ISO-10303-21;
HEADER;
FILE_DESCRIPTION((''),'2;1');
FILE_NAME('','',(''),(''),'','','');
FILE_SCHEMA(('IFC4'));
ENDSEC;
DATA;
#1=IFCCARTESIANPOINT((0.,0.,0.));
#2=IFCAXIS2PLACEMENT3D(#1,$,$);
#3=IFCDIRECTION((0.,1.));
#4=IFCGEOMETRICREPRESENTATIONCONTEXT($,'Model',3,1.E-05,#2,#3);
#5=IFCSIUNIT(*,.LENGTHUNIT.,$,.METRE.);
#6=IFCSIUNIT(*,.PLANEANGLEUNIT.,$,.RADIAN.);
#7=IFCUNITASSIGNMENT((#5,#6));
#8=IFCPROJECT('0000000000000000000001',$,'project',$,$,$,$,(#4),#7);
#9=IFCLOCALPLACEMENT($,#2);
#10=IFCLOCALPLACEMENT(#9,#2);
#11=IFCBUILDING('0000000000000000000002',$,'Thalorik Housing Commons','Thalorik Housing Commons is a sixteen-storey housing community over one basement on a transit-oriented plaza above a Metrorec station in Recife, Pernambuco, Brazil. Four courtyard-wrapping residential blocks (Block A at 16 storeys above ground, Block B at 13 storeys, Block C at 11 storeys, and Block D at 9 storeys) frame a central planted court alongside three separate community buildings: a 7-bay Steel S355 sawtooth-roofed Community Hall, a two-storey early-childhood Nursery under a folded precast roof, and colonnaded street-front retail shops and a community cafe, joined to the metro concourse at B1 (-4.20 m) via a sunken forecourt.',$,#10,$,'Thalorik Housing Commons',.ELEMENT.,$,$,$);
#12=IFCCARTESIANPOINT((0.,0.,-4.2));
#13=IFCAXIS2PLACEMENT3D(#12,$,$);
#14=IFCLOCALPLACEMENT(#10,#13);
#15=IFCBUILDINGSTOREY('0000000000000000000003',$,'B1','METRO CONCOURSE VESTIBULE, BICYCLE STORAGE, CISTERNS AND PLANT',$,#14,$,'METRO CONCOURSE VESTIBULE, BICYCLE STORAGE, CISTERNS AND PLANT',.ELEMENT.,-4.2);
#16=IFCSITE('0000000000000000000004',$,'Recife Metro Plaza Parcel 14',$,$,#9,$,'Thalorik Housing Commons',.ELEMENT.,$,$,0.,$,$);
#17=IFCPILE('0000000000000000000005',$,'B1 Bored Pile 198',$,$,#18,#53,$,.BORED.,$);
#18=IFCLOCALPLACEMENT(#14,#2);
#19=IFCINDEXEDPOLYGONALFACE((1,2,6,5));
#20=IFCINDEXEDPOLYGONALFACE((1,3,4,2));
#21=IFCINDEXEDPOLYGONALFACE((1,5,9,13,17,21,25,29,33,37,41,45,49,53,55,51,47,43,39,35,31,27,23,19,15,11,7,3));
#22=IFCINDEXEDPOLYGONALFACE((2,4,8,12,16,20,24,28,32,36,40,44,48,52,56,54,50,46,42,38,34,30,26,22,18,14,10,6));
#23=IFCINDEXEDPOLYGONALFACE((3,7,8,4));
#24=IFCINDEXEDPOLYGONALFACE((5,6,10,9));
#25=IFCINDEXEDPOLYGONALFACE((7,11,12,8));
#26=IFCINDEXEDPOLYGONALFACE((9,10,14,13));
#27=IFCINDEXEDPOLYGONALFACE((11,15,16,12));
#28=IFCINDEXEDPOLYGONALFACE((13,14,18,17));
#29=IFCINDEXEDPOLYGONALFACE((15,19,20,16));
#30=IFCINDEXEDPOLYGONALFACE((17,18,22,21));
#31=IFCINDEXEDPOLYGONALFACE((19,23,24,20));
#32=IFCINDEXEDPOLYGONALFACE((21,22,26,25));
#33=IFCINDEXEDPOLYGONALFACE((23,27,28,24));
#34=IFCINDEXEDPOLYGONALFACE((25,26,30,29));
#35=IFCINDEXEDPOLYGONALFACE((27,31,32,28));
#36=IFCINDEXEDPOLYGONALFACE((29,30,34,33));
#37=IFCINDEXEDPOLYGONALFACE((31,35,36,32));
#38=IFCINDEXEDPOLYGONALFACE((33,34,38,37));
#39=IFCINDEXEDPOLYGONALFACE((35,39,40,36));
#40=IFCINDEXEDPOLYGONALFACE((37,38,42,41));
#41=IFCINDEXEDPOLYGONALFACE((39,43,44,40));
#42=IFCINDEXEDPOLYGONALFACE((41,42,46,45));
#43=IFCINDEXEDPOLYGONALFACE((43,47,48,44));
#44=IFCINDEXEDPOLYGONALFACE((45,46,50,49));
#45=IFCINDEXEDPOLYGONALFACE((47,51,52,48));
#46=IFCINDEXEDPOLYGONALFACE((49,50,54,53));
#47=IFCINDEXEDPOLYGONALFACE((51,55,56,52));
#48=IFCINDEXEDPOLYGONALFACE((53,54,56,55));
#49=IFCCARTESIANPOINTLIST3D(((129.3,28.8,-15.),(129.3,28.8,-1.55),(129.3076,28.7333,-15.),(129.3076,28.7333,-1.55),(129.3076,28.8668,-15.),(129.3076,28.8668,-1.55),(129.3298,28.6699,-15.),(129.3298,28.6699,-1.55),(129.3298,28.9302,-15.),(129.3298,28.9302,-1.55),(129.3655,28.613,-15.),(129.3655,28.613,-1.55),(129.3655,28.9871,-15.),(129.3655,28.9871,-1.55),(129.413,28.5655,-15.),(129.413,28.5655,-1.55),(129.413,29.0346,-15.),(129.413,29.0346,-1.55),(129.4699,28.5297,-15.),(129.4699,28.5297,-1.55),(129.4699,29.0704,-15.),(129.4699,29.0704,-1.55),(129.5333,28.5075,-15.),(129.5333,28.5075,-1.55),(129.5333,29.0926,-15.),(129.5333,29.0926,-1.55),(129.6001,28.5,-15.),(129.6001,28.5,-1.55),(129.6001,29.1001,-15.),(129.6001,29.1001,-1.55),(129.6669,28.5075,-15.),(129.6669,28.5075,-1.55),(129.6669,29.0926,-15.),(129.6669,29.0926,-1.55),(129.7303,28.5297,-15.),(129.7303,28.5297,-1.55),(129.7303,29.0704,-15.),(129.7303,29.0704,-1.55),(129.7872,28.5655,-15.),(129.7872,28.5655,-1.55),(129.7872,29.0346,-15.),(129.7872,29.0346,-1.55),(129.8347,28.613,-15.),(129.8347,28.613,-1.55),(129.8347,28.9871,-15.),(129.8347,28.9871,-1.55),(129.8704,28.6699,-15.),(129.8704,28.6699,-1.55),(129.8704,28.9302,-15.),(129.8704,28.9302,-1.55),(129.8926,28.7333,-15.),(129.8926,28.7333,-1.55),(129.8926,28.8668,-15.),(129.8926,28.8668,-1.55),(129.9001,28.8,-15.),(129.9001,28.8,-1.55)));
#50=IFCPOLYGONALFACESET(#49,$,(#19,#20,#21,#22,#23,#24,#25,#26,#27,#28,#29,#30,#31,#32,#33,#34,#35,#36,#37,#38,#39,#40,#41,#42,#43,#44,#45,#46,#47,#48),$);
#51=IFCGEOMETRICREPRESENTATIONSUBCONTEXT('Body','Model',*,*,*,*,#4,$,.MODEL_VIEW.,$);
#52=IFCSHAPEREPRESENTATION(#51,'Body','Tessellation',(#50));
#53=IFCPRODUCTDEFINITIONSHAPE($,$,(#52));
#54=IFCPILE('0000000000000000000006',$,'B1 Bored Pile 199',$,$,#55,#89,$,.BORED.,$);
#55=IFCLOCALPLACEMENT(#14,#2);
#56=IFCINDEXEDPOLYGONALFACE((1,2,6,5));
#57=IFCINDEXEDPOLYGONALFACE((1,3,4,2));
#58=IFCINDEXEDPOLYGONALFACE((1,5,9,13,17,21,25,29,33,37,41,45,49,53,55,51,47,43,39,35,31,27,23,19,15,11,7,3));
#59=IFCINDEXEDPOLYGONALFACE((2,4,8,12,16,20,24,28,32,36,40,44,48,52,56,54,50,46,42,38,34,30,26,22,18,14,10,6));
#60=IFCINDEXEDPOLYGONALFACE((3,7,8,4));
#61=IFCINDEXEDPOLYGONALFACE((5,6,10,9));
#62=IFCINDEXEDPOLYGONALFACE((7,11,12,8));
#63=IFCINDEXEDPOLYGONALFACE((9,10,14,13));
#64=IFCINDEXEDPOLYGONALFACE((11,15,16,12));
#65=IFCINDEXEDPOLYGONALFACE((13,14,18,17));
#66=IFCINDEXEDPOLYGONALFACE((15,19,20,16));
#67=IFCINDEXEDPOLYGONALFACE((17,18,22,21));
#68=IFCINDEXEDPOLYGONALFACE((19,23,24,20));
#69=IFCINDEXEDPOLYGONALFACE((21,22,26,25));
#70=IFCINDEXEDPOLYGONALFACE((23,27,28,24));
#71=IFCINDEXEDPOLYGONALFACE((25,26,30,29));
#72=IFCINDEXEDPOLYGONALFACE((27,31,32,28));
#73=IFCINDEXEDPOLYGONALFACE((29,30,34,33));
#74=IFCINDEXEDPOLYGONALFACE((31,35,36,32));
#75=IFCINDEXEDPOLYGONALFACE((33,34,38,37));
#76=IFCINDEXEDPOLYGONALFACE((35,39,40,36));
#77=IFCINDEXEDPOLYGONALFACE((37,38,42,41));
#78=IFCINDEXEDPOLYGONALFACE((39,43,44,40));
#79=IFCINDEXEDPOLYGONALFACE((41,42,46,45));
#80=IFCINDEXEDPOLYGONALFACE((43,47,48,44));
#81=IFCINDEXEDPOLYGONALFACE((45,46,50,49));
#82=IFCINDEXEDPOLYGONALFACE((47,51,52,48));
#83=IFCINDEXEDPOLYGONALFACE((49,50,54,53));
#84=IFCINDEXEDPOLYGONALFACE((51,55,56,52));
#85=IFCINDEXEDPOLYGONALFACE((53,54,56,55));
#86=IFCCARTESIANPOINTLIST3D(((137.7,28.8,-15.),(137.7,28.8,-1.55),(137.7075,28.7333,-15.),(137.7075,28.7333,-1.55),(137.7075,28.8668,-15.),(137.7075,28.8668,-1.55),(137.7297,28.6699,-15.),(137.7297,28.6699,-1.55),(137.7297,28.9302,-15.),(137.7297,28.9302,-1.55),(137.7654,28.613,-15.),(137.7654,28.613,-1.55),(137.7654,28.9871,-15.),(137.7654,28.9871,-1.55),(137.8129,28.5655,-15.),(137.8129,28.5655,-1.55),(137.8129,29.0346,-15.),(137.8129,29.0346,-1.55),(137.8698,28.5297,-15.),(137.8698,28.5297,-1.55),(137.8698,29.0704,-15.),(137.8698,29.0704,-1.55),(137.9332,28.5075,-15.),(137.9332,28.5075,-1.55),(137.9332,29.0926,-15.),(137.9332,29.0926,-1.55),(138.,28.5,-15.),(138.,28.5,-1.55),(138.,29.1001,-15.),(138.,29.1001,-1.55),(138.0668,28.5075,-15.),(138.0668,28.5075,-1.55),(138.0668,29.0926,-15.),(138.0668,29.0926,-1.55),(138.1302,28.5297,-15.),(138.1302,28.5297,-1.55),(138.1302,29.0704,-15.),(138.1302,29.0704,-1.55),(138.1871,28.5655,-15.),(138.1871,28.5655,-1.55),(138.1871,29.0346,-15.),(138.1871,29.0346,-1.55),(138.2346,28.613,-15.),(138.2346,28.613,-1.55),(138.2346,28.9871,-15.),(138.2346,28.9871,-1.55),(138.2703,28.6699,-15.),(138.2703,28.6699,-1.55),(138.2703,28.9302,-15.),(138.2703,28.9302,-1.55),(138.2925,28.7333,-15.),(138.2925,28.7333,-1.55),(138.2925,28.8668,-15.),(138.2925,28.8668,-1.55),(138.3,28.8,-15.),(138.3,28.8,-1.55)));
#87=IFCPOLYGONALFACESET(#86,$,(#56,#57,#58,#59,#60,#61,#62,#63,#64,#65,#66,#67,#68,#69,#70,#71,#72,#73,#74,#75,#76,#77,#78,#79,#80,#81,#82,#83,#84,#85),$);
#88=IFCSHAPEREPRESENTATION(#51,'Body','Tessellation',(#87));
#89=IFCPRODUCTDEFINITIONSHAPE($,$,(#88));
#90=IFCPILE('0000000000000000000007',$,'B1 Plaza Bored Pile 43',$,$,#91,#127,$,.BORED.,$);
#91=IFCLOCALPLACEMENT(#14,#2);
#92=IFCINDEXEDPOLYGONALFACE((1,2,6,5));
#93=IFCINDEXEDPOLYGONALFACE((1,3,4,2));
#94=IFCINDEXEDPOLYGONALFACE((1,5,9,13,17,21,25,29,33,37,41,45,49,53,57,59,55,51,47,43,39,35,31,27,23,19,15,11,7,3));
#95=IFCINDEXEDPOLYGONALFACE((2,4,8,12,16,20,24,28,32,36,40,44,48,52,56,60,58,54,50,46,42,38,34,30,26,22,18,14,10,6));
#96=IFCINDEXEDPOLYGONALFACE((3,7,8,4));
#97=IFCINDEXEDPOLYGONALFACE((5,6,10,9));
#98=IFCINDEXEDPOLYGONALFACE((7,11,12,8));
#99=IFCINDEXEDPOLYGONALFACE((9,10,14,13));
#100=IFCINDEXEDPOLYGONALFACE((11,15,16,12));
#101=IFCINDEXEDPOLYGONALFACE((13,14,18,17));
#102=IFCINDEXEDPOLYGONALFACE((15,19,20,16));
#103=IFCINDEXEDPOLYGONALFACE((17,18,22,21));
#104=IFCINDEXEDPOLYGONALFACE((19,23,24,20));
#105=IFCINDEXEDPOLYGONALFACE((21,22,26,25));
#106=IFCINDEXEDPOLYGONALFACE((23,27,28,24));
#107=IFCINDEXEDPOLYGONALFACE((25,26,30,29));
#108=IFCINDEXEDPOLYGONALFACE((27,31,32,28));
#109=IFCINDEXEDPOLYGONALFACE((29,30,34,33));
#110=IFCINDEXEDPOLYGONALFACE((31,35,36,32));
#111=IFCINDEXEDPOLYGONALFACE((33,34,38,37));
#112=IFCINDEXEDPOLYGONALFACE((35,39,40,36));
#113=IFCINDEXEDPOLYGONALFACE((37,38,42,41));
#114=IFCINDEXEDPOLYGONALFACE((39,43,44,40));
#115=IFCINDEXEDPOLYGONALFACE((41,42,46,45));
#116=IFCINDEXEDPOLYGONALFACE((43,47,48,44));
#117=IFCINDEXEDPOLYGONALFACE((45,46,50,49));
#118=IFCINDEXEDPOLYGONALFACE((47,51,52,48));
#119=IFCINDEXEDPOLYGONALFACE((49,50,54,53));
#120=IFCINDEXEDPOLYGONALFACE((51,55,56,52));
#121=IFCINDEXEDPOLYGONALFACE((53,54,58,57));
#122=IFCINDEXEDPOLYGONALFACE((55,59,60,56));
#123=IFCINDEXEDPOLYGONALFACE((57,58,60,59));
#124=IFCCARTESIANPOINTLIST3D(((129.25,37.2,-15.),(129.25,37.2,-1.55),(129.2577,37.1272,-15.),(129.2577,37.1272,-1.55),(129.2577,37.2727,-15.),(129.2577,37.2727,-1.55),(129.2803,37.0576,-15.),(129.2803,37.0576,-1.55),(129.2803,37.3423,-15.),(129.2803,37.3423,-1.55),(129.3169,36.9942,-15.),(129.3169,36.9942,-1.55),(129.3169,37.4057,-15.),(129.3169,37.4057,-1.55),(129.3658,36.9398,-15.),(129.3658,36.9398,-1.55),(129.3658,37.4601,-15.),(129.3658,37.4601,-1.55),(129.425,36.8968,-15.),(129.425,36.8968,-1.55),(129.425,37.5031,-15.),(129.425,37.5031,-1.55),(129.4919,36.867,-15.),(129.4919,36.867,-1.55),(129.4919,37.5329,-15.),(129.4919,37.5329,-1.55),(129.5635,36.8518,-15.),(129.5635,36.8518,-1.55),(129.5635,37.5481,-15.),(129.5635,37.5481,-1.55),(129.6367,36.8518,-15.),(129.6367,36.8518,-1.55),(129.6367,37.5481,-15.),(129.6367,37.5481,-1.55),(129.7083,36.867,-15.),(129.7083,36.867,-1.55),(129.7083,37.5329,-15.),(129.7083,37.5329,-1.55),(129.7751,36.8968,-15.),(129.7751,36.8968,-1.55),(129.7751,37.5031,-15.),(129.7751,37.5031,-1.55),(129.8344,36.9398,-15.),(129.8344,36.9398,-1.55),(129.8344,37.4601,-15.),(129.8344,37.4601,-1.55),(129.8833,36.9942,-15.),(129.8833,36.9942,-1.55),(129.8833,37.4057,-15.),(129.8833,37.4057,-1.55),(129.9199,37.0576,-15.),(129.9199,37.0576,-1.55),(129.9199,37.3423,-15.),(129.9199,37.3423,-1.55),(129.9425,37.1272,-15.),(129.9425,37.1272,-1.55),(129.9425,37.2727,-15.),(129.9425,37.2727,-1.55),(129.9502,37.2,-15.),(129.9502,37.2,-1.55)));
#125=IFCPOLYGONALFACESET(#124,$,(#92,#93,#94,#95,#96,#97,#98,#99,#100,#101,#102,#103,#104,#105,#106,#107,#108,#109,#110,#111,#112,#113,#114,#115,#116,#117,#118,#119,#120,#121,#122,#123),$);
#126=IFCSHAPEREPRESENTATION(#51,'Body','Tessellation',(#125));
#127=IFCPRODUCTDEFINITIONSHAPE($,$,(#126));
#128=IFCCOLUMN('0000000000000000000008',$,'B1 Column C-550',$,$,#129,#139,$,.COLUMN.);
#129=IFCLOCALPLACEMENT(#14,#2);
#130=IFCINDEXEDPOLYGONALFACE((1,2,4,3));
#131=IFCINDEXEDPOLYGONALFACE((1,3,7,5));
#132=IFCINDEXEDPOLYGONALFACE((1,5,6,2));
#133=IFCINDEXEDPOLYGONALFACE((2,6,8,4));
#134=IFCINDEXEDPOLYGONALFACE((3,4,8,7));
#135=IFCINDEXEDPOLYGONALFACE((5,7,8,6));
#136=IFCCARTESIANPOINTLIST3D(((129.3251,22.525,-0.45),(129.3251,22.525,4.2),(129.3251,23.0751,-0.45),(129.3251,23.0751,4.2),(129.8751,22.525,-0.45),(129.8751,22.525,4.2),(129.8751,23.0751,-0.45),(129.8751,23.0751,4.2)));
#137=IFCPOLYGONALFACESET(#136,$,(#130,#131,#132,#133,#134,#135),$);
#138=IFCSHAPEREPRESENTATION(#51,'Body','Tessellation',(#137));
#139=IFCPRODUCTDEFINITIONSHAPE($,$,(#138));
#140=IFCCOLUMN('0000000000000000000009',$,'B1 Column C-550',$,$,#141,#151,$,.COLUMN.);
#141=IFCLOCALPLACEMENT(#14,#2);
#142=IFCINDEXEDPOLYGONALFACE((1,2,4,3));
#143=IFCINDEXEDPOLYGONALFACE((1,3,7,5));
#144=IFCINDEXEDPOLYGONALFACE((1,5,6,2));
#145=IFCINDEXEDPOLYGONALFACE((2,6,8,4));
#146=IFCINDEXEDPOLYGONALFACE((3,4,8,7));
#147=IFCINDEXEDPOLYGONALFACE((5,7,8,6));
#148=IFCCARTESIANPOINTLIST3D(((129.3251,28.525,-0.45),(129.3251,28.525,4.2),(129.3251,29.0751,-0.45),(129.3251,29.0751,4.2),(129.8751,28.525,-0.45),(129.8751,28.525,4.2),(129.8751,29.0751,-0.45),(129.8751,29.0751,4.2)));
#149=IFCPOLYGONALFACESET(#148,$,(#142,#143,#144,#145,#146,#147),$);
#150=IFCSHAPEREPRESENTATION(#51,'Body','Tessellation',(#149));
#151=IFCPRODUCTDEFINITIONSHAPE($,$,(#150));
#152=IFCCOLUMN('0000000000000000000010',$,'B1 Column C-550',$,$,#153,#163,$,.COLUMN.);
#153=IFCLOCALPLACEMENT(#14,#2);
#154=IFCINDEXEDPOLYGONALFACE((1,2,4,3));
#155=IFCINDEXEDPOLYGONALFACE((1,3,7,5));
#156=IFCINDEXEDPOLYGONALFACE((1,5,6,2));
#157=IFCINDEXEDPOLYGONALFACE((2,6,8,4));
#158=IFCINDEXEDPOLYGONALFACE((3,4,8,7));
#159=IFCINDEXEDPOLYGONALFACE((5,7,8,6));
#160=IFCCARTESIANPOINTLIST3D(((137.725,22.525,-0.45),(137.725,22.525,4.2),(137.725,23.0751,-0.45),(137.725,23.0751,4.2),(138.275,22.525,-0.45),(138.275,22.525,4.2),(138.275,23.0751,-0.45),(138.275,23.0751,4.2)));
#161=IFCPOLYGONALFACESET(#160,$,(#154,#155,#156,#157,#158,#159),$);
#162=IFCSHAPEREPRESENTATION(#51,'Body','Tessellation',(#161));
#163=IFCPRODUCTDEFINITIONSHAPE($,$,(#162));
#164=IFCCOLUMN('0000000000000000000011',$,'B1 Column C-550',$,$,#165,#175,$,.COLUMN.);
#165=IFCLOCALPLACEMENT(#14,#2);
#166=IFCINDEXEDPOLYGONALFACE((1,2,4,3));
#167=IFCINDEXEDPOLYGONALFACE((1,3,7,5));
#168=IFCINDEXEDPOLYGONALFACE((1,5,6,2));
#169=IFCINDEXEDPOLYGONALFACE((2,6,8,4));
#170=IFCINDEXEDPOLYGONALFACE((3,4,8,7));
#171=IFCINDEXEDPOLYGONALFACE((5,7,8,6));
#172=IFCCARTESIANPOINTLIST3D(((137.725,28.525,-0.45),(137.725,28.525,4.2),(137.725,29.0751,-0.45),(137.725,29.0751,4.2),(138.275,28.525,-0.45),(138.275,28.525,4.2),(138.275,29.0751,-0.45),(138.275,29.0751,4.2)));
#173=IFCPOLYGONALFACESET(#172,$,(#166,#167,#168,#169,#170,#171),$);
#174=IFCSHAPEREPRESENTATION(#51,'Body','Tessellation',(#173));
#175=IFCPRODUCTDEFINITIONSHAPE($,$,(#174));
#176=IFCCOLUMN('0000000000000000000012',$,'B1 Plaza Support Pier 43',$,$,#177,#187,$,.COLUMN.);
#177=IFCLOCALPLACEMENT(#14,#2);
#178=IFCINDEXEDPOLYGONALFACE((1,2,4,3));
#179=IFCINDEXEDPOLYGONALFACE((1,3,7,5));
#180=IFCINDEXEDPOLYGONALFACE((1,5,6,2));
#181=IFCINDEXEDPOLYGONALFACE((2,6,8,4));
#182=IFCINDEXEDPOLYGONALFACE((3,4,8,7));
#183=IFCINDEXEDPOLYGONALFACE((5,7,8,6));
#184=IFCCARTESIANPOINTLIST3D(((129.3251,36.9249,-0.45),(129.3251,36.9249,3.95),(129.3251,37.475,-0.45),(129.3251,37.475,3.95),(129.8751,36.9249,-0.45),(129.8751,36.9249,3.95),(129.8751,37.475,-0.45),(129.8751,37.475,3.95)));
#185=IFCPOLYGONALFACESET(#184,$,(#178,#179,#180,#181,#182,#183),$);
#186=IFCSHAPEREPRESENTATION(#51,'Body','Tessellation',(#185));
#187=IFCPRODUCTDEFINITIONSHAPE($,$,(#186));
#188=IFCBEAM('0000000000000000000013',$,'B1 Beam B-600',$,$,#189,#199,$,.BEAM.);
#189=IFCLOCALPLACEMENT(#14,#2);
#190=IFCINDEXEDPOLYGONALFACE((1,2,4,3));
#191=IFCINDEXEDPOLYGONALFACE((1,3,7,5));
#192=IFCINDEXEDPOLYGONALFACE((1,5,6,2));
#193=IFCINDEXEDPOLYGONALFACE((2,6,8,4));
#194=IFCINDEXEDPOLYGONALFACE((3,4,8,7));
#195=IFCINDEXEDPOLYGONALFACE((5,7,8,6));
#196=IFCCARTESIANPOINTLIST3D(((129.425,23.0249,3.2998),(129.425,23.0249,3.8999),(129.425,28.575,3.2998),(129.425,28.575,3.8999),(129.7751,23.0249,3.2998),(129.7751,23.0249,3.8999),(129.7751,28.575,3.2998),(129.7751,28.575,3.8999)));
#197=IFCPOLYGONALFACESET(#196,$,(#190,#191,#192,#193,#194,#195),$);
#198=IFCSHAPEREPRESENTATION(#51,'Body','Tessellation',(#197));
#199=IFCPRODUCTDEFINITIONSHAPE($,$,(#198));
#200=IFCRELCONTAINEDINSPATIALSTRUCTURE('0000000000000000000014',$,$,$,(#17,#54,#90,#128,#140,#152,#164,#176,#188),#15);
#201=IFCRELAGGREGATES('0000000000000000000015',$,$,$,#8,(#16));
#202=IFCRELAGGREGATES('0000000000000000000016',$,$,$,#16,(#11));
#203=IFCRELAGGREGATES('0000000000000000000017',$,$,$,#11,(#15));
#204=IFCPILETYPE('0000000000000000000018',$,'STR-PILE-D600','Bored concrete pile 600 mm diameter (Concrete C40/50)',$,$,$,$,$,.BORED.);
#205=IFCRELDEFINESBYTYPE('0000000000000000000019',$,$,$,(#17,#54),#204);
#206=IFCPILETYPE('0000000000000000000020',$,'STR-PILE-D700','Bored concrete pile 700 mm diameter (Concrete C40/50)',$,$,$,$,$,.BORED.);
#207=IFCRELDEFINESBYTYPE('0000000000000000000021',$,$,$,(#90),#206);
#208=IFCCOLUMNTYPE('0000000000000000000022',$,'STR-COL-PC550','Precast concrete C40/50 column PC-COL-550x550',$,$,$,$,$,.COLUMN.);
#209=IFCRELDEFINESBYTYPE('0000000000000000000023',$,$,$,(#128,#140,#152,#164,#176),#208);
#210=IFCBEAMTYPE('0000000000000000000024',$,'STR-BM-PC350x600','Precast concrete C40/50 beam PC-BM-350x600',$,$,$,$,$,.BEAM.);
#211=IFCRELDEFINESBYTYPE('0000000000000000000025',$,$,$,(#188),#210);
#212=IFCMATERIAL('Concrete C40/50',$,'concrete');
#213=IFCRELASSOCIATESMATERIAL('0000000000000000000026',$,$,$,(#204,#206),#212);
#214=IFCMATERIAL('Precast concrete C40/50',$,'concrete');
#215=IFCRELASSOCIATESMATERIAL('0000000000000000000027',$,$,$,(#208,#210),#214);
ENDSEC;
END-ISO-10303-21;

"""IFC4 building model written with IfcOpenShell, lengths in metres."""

from ifc_helpers import new_model, si_unit, direction, frame, origin, origin_2d, place, context, subcontext, project, spatial, rectangle, circle, extrude, material, material_profile, profile_set, type_object, element, save


model = new_model("IFC4")

# Units and contexts
model_context = context("Model", 3, precision=1e-05, world=origin(), true_north=direction((0.0, 1.0)))
body_context = subcontext(model_context, "Body", "Model", "MODEL_VIEW")
ifc_project = project(units=[si_unit("LENGTHUNIT", "METRE"), si_unit("PLANEANGLEUNIT", "RADIAN")], contexts=[model_context])

# Site, building, storey
site_placement = place(None, origin())
site = spatial("IfcSite", under=ifc_project, at=site_placement, Name="Recife Metro Plaza Parcel 14", LongName="Thalorik Housing Commons", CompositionType="ELEMENT", RefElevation=0.0)
building_placement = place(site_placement, origin())
building = spatial("IfcBuilding", under=site, at=building_placement, Name="Thalorik Housing Commons", Description="Thalorik Housing Commons is a sixteen-storey housing community over one basement on a transit-oriented plaza above a Metrorec station in Recife, Pernambuco, Brazil. Four courtyard-wrapping residential blocks (Block A at 16 storeys above ground, Block B at 13 storeys, Block C at 11 storeys, and Block D at 9 storeys) frame a central planted court alongside three separate community buildings: a 7-bay Steel S355 sawtooth-roofed Community Hall, a two-storey early-childhood Nursery under a folded precast roof, and colonnaded street-front retail shops and a community cafe, joined to the metro concourse at B1 (-4.20 m) via a sunken forecourt.", LongName="Thalorik Housing Commons", CompositionType="ELEMENT")
storey_placement = place(building_placement, frame((0.0, 0.0, -4.2)))
storey = spatial("IfcBuildingStorey", under=building, at=storey_placement, Name="B1", Description="METRO CONCOURSE VESTIBULE, BICYCLE STORAGE, CISTERNS AND PLANT", LongName="METRO CONCOURSE VESTIBULE, BICYCLE STORAGE, CISTERNS AND PLANT", CompositionType="ELEMENT", Elevation=-4.2)

# Shared definitions
ifc_material_1 = material(Name="Concrete C40/50", Category="concrete")

# Piles
ifc_material_profile_1 = material_profile(ifc_material_1, circle(Radius=0.3, at=origin_2d()), Name="BORED PILE D600", Category="concrete")
ifc_profile_set_1 = profile_set([ifc_material_profile_1], Name="Concrete C40/50")
pile_type_1 = type_object("IfcPileType", Name="STR-PILE-D600", Description="Bored concrete pile 600 mm diameter (Concrete C40/50)", PredefinedType="BORED", material=ifc_profile_set_1)
for number, where, z_axis, x_axis, name in (
    (1, (129.6001, 28.8, -1.55), (0.0, 0.0, -1.0), (1.0, 0.0, 0.0), "B1 Bored Pile 198"),
    (2, (138.0, 28.8, -1.55), (0.0, 0.0, -1.0), (1.0, 0.0, 0.0), "B1 Bored Pile 199"),
):
    element("IfcPile", number, at=place(storey_placement, frame(where, z_axis=z_axis, x_axis=x_axis)), inside=storey, type_object=pile_type_1, Name=name, PredefinedType="BORED", context=body_context, shape_type="SweptSolid", body=[
        extrude(circle(Radius=0.3, at=origin_2d()), origin(), (0.0, 0.0, 1.0), 13.45),
    ])
ifc_material_profile_2 = material_profile(ifc_material_1, circle(Radius=0.3501, at=origin_2d()), Name="BORED PILE D700", Category="concrete")
ifc_profile_set_2 = profile_set([ifc_material_profile_2], Name="Concrete C40/50")
pile_type_2 = type_object("IfcPileType", Name="STR-PILE-D700", Description="Bored concrete pile 700 mm diameter (Concrete C40/50)", PredefinedType="BORED", material=ifc_profile_set_2)
pile_placement = place(storey_placement, frame((129.6001, 37.2, -1.55), z_axis=(0.0, 0.0, -1.0), x_axis=(1.0, 0.0, 0.0)))
element("IfcPile", 3, at=pile_placement, inside=storey, type_object=pile_type_2, Name="B1 Plaza Bored Pile 43", PredefinedType="BORED", context=body_context, shape_type="SweptSolid", body=[
    extrude(circle(Radius=0.3501, at=origin_2d()), origin(), (0.0, 0.0, 1.0), 13.45),
])

# Columns
ifc_material_2 = material(Name="Precast concrete C40/50", Category="concrete")
ifc_material_profile_3 = material_profile(ifc_material_2, rectangle(XDim=0.55, YDim=0.55, at=origin_2d()), Name="PC 550x550", Category="concrete")
ifc_profile_set_3 = profile_set([ifc_material_profile_3], Name="Precast concrete C40/50")
column_type = type_object("IfcColumnType", Name="STR-COL-PC550", Description="Precast concrete C40/50 column PC-COL-550x550", PredefinedType="COLUMN", material=ifc_profile_set_3)
for number, where, z_axis, x_axis, name in (
    (4, (129.6001, 22.8, -0.45), (0.0, 0.0, 1.0), (1.0, 0.0, 0.0), "B1 Column C-550"),
    (5, (129.6001, 28.8, -0.45), (0.0, 0.0, 1.0), (1.0, 0.0, 0.0), "B1 Column C-550"),
    (6, (138.0, 22.8, -0.45), (0.0, 0.0, 1.0), (1.0, 0.0, 0.0), "B1 Column C-550"),
    (7, (138.0, 28.8, -0.45), (0.0, 0.0, 1.0), (1.0, 0.0, 0.0), "B1 Column C-550"),
):
    element("IfcColumn", number, at=place(storey_placement, frame(where, z_axis=z_axis, x_axis=x_axis)), inside=storey, type_object=column_type, Name=name, PredefinedType="COLUMN", context=body_context, shape_type="SweptSolid", body=[
        extrude(rectangle(XDim=0.55, YDim=0.55, at=origin_2d()), origin(), (0.0, 0.0, 1.0), 4.6499),
    ])
column_placement = place(storey_placement, frame((129.6001, 37.2, -0.45), z_axis=(0.0, 0.0, 1.0), x_axis=(1.0, 0.0, 0.0)))
element("IfcColumn", 8, at=column_placement, inside=storey, type_object=column_type, Name="B1 Plaza Support Pier 43", PredefinedType="COLUMN", context=body_context, shape_type="SweptSolid", body=[
    extrude(rectangle(XDim=0.55, YDim=0.55, at=origin_2d()), origin(), (0.0, 0.0, 1.0), 4.3999),
])

# Beam
ifc_material_profile_4 = material_profile(ifc_material_2, rectangle(XDim=0.3501, YDim=0.6001, at=origin_2d()), Name="PC 350x600", Category="concrete")
ifc_profile_set_4 = profile_set([ifc_material_profile_4], Name="Precast concrete C40/50")
beam_type_1 = type_object("IfcBeamType", Name="STR-BM-PC350x600", Description="Precast concrete C40/50 beam PC-BM-350x600", PredefinedType="BEAM", material=ifc_profile_set_4)
for number, where, z_axis, x_axis, name in (
    (9, (129.6001, 23.0249, 3.5999), (0.0, 1.0, 0.0), (-1.0, 0.0, 0.0), "B1 Beam B-600"),
):
    element("IfcBeam", number, at=place(storey_placement, frame(where, z_axis=z_axis, x_axis=x_axis)), inside=storey, type_object=beam_type_1, Name=name, PredefinedType="BEAM", context=body_context, shape_type="SweptSolid", body=[
        extrude(rectangle(XDim=0.3501, YDim=0.6001, at=origin_2d()), origin(), (0.0, 0.0, 1.0), 5.55),
    ])

save(model, "model.ifc")
